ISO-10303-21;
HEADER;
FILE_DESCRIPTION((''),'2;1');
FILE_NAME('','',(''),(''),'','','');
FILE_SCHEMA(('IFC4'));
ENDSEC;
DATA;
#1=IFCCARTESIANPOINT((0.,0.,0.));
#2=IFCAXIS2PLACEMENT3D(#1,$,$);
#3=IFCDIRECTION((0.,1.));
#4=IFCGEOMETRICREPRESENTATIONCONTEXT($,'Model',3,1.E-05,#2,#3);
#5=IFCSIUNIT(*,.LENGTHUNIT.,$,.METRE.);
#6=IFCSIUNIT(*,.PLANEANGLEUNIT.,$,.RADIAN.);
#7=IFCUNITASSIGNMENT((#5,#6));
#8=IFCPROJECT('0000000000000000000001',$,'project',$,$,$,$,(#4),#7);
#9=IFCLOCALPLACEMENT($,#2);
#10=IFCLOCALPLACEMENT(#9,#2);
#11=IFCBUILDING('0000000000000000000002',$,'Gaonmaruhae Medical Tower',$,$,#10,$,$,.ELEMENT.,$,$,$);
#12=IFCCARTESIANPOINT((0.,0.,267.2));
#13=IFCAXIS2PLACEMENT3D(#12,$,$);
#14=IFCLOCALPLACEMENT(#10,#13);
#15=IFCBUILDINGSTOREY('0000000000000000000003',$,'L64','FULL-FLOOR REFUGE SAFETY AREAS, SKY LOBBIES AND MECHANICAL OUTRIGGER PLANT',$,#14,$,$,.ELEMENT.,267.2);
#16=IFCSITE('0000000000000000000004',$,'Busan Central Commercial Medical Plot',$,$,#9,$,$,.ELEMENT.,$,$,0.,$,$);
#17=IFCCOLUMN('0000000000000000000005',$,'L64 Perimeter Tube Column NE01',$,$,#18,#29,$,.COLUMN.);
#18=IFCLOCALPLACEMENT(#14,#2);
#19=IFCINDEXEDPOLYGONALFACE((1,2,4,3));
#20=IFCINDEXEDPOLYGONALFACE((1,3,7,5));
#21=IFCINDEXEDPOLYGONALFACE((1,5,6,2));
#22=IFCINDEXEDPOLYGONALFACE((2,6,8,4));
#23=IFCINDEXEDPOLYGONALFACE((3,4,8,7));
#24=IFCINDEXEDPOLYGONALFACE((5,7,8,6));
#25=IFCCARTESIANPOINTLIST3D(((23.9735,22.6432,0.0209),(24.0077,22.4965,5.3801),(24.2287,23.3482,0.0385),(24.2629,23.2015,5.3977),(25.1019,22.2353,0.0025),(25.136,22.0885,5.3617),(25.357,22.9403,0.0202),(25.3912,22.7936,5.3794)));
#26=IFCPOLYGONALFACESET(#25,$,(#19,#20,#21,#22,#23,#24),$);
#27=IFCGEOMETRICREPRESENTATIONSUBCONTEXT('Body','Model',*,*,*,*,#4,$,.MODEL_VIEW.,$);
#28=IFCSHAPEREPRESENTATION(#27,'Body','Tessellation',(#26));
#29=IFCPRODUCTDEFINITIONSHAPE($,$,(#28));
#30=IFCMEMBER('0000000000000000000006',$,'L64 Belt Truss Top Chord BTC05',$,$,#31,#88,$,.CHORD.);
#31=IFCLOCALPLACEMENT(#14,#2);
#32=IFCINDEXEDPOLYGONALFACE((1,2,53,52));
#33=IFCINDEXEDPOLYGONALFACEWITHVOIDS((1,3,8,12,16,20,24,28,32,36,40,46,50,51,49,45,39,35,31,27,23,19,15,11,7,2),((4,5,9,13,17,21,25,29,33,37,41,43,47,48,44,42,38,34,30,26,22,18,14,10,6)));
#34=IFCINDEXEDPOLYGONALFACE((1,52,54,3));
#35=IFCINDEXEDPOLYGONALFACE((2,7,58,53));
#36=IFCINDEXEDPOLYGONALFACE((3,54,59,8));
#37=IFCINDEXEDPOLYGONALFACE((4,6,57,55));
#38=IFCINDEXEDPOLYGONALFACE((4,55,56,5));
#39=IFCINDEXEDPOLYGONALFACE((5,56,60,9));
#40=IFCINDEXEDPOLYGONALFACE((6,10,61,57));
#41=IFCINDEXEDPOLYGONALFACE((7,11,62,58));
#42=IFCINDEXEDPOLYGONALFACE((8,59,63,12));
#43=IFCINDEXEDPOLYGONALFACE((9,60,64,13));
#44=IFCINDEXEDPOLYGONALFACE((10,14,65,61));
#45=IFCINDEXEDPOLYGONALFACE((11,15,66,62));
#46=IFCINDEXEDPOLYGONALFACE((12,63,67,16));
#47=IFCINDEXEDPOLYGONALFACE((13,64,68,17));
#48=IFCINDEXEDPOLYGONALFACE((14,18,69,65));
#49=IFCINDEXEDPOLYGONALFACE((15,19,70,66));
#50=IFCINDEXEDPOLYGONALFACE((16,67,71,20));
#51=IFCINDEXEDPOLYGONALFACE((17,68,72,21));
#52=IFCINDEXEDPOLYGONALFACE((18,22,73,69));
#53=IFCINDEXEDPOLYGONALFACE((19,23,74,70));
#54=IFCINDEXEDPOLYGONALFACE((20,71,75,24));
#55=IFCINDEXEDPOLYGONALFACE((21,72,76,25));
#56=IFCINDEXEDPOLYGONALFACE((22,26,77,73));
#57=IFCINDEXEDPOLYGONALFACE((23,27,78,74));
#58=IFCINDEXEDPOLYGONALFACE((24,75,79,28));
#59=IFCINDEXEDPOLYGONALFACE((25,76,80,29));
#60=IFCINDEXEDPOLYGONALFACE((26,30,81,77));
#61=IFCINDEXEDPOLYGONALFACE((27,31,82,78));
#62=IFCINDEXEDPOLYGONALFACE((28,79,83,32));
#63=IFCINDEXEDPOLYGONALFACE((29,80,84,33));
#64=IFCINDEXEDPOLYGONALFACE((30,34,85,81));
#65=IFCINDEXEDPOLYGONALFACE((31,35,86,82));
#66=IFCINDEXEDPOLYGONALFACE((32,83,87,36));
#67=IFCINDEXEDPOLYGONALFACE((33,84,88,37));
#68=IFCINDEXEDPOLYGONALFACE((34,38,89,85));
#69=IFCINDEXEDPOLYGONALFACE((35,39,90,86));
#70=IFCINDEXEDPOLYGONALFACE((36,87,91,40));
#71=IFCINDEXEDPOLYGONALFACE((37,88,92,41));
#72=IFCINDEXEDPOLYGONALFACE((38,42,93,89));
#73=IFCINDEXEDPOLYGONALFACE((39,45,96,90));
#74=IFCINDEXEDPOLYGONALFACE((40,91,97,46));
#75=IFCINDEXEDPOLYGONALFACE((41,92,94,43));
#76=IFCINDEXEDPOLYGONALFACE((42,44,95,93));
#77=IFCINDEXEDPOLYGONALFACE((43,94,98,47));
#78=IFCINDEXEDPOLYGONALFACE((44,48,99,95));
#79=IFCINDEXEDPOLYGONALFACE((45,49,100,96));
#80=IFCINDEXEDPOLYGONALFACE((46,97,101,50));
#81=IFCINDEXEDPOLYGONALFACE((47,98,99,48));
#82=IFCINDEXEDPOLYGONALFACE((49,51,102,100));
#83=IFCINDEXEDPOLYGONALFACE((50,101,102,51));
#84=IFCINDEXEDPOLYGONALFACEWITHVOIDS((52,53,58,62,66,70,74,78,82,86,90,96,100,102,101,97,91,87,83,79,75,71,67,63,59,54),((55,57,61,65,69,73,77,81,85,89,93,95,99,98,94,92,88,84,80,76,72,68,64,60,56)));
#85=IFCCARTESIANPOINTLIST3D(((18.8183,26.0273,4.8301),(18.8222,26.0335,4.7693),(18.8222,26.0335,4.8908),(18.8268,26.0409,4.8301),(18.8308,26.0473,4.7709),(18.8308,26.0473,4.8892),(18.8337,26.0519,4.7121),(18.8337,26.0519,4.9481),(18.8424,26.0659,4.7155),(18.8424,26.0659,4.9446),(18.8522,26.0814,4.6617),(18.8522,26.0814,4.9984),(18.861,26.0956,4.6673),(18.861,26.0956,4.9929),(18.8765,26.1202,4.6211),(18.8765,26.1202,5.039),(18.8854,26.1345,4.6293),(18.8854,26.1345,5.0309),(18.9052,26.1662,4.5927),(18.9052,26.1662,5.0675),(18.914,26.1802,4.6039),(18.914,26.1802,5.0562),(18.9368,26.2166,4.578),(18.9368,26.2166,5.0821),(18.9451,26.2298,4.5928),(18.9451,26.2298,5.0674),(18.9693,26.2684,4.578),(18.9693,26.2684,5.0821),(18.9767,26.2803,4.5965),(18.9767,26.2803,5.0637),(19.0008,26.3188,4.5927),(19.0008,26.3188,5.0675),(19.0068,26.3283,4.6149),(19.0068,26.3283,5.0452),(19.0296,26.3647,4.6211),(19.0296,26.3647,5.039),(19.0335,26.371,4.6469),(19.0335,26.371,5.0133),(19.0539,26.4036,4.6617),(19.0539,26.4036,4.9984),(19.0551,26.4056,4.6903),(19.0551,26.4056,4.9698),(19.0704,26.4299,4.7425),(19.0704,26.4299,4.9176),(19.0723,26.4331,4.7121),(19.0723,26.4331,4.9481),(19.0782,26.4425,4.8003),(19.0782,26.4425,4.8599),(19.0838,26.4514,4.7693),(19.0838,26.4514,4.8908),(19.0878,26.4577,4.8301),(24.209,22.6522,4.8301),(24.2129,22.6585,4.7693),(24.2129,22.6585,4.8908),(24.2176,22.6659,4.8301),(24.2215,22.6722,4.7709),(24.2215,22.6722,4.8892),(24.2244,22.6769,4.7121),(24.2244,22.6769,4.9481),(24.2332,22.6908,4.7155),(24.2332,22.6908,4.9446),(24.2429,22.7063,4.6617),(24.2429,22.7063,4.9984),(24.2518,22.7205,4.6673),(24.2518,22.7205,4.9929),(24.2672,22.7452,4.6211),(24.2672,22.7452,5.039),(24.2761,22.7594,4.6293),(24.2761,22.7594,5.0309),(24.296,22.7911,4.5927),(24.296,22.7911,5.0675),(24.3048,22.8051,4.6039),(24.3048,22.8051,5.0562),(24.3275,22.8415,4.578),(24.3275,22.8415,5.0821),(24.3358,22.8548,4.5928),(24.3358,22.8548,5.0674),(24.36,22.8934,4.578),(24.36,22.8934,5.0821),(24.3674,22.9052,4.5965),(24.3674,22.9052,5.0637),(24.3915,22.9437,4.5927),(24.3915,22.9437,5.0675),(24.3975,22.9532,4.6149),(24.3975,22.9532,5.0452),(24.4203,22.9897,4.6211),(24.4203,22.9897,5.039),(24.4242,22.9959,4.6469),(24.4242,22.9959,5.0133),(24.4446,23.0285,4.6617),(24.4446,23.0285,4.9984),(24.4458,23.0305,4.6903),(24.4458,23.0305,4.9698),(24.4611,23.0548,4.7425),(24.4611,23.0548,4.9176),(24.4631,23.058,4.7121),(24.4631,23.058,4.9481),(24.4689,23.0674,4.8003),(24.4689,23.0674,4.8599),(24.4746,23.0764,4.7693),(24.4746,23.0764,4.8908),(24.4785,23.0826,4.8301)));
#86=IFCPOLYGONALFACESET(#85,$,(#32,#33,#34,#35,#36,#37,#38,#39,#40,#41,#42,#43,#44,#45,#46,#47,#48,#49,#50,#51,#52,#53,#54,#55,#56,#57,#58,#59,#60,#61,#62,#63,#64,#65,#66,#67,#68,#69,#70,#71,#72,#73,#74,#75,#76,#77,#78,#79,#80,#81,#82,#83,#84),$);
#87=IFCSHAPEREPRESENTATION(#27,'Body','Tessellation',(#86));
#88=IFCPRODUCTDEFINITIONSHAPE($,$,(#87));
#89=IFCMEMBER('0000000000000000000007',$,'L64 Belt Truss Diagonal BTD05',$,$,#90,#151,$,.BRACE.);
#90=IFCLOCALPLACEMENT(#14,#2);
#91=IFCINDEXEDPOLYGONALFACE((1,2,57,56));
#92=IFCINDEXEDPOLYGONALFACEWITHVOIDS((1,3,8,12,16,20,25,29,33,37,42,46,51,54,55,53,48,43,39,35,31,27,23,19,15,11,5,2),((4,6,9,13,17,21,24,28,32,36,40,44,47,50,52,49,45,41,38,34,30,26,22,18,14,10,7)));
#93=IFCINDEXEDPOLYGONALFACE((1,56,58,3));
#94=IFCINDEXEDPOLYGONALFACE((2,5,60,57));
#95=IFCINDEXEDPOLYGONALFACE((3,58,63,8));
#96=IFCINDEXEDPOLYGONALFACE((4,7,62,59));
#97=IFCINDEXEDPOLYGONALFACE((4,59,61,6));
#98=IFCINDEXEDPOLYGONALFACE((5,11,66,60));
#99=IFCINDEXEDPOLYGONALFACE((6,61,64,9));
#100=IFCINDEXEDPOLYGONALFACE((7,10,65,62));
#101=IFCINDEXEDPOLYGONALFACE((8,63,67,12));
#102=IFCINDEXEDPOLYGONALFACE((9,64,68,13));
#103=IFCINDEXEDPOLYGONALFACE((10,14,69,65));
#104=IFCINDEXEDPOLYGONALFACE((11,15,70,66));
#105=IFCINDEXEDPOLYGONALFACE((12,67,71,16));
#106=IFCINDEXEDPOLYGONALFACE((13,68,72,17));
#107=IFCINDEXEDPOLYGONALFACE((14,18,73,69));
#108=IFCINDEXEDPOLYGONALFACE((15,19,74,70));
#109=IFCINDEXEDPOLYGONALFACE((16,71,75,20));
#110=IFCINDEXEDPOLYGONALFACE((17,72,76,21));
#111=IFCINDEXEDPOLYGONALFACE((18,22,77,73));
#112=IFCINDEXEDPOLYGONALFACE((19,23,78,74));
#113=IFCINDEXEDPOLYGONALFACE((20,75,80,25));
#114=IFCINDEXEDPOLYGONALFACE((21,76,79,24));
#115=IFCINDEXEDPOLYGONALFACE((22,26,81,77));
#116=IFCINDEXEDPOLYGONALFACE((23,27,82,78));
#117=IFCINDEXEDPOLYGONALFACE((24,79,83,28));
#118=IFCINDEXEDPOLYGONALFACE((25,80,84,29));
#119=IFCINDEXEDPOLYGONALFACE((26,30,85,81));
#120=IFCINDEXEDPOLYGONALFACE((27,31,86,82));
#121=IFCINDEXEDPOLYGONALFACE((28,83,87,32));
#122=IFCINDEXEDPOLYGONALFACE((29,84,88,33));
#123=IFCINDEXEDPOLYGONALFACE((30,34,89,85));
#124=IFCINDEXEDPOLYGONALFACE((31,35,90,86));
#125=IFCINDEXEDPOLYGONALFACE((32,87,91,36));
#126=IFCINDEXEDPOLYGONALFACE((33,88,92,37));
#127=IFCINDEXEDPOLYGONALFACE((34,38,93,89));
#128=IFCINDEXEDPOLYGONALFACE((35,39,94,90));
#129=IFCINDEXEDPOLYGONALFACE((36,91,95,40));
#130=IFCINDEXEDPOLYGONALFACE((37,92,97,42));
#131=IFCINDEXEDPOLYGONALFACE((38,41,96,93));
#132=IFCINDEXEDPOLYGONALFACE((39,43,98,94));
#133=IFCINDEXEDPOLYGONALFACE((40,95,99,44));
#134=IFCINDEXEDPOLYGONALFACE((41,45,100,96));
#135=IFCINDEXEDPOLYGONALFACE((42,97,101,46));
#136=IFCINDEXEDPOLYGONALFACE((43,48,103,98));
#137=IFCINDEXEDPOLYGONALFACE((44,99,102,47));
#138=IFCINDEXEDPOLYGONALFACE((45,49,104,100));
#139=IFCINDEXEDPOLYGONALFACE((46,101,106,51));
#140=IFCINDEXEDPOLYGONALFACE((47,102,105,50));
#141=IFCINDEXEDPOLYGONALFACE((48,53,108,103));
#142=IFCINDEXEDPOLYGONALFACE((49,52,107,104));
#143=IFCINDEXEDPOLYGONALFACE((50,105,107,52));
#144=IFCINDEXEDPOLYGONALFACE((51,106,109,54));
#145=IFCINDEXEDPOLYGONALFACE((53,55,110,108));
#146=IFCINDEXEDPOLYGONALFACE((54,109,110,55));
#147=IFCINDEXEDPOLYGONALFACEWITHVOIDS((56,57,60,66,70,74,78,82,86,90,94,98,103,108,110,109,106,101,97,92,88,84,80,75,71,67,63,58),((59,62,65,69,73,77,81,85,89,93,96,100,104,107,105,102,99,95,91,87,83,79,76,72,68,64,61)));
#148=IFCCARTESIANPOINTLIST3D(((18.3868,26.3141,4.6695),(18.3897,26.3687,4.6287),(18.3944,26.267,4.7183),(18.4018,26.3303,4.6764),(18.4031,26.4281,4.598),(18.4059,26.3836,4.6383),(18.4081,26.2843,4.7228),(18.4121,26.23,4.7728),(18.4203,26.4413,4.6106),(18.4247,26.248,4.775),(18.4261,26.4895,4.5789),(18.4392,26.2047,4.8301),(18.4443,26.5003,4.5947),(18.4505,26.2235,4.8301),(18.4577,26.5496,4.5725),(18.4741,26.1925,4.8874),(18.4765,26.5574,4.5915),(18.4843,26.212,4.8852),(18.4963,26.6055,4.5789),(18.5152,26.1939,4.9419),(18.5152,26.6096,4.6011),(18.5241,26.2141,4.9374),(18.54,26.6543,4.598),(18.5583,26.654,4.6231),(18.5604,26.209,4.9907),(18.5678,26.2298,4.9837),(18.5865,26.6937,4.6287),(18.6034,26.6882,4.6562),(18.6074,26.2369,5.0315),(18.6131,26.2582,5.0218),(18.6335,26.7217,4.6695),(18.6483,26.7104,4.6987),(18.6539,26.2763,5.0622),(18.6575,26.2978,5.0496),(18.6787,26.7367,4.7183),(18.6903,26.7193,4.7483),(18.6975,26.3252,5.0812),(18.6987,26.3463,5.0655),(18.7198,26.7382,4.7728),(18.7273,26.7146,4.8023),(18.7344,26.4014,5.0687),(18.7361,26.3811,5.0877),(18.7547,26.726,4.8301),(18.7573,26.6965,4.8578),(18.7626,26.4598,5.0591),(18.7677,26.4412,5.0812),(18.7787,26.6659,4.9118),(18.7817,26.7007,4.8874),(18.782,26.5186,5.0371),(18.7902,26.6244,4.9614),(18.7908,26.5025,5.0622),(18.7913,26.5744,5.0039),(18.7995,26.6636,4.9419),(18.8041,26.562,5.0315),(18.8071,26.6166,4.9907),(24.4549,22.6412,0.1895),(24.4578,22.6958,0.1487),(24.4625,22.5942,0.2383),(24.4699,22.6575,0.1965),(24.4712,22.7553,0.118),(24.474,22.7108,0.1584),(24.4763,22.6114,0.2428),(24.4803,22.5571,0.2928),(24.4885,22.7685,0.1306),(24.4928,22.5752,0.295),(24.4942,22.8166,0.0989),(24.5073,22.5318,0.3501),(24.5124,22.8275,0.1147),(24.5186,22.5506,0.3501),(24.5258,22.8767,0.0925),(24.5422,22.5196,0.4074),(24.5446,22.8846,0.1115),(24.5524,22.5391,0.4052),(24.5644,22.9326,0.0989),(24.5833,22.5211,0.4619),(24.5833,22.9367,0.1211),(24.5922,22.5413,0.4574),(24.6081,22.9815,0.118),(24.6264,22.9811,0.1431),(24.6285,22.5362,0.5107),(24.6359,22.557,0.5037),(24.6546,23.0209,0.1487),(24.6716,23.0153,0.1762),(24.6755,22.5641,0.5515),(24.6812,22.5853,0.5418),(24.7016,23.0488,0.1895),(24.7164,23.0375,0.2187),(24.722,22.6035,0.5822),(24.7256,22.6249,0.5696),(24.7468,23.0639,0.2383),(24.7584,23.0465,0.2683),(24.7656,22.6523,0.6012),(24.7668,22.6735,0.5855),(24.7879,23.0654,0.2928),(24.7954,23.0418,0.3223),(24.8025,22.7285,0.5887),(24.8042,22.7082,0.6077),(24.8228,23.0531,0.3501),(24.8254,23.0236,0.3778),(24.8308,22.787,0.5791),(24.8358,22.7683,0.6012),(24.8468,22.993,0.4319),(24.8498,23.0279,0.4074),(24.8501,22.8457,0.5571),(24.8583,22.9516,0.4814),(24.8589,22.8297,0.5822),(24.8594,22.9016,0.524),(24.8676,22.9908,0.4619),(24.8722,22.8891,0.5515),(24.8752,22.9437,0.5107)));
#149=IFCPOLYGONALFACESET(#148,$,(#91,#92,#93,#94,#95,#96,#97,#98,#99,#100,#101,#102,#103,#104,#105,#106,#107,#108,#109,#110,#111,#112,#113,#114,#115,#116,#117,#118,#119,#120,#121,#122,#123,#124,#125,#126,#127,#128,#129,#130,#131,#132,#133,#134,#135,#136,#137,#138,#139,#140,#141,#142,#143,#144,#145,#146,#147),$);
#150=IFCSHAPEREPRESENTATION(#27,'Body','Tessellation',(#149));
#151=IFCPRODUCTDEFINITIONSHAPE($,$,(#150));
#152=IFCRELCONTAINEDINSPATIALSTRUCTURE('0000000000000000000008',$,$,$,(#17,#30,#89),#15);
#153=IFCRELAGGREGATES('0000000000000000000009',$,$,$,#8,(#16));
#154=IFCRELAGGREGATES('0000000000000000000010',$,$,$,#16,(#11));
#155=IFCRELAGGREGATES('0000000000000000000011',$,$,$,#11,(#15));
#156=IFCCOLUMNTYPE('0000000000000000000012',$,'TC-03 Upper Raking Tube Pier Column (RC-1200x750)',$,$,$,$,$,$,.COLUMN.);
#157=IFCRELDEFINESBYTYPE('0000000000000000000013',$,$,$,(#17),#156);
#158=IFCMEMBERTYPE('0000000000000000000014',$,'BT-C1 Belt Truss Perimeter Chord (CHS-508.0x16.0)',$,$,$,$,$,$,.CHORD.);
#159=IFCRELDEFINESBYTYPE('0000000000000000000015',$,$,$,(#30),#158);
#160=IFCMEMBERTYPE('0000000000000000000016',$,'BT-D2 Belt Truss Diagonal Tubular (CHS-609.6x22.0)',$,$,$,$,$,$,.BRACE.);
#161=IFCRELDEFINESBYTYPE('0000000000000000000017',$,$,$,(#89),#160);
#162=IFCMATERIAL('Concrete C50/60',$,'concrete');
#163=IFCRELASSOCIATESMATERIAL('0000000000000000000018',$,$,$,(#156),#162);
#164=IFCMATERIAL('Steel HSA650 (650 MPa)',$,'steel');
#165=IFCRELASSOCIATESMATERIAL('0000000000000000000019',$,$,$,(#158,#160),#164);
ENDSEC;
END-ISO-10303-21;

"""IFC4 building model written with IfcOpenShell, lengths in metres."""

from ifc_helpers import new_model, si_unit, direction, frame, origin, origin_2d, place, context, subcontext, project, spatial, rectangle, hollow_circle, extrude, material, material_profile, profile_set, type_object, element, save


model = new_model("IFC4")

# Units and contexts
model_context = context("Model", 3, precision=1e-05, world=origin(), true_north=direction((0.0, 1.0)))
body_context = subcontext(model_context, "Body", "Model", "MODEL_VIEW")
ifc_project = project(units=[si_unit("LENGTHUNIT", "METRE"), si_unit("PLANEANGLEUNIT", "RADIAN")], contexts=[model_context])

# Site, building, storey
site_placement = place(None, origin())
site = spatial("IfcSite", under=ifc_project, at=site_placement, Name="Busan Central Commercial Medical Plot", CompositionType="ELEMENT", RefElevation=0.0)
building_placement = place(site_placement, origin())
building = spatial("IfcBuilding", under=site, at=building_placement, Name="Gaonmaruhae Medical Tower", CompositionType="ELEMENT")
storey_placement = place(building_placement, frame((0.0, 0.0, 267.2)))
storey = spatial("IfcBuildingStorey", under=building, at=storey_placement, Name="L64", Description="FULL-FLOOR REFUGE SAFETY AREAS, SKY LOBBIES AND MECHANICAL OUTRIGGER PLANT", CompositionType="ELEMENT", Elevation=267.2)

# Column
ifc_material_1 = material(Name="Concrete C50/60", Category="concrete")
ifc_material_profile_1 = material_profile(ifc_material_1, rectangle(XDim=1.2, YDim=0.75, at=origin_2d()), Name="RC-1200x750")
ifc_profile_set_1 = profile_set([ifc_material_profile_1], Name="Concrete C50/60")
column_type = type_object("IfcColumnType", Name="TC-03 Upper Raking Tube Pier Column (RC-1200x750)", PredefinedType="COLUMN", material=ifc_profile_set_1)
column_placement = place(storey_placement, frame((24.6653, 22.7917, 0.0205), z_axis=(0.006375, -0.027368, 0.999605), x_axis=(-0.940316, 0.339958, 0.015305)))
element("IfcColumn", 1, at=column_placement, inside=storey, type_object=column_type, Name="L64 Perimeter Tube Column NE01", PredefinedType="COLUMN", context=body_context, shape_type="SweptSolid", body=[
    extrude(rectangle(XDim=1.2, YDim=0.75, at=origin_2d()), origin(), (0.0, 0.0, 1.0), 5.3613),
])

# Members
ifc_material_2 = material(Name="Steel HSA650 (650 MPa)", Category="steel")
ifc_material_profile_2 = material_profile(ifc_material_2, hollow_circle(Radius=0.2539, WallThickness=0.0161, at=origin_2d()), Name="CHS-508.0x16.0")
ifc_profile_set_2 = profile_set([ifc_material_profile_2], Name="Steel HSA650 (650 MPa)")
member_type_1 = type_object("IfcMemberType", Name="BT-C1 Belt Truss Perimeter Chord (CHS-508.0x16.0)", PredefinedType="CHORD", material=ifc_profile_set_2)
member_1_placement = place(storey_placement, frame((24.3438, 22.8674, 4.8301), z_axis=(-0.847584, 0.530661, 0.0), x_axis=(-0.530661, -0.847584, 0.0)))
element("IfcMember", 2, at=member_1_placement, inside=storey, type_object=member_type_1, Name="L64 Belt Truss Top Chord BTC05", PredefinedType="CHORD", context=body_context, shape_type="SweptSolid", body=[
    extrude(hollow_circle(Radius=0.2539, WallThickness=0.0161, at=origin_2d()), origin(), (0.0, 0.0, 1.0), 6.3601),
])
ifc_material_profile_3 = material_profile(ifc_material_2, hollow_circle(Radius=0.3047, WallThickness=0.022, at=origin_2d()), Name="CHS-609.6x22.0")
ifc_profile_set_3 = profile_set([ifc_material_profile_3], Name="Steel HSA650 (650 MPa)")
member_type_2 = type_object("IfcMemberType", Name="BT-D2 Belt Truss Diagonal Tubular (CHS-609.6x22.0)", PredefinedType="BRACE", material=ifc_profile_set_3)
member_2_placement = place(storey_placement, frame((24.665, 22.7925, 0.3501), z_axis=(-0.723307, 0.437797, 0.534005), x_axis=(-0.517807, -0.855497, 0.0)))
element("IfcMember", 3, at=member_2_placement, inside=storey, type_object=member_type_2, Name="L64 Belt Truss Diagonal BTD05", PredefinedType="BRACE", context=body_context, shape_type="SweptSolid", body=[
    extrude(hollow_circle(Radius=0.3047, WallThickness=0.022, at=origin_2d()), origin(), (0.0, 0.0, 1.0), 8.3894),
])

save(model, "model.ifc")
